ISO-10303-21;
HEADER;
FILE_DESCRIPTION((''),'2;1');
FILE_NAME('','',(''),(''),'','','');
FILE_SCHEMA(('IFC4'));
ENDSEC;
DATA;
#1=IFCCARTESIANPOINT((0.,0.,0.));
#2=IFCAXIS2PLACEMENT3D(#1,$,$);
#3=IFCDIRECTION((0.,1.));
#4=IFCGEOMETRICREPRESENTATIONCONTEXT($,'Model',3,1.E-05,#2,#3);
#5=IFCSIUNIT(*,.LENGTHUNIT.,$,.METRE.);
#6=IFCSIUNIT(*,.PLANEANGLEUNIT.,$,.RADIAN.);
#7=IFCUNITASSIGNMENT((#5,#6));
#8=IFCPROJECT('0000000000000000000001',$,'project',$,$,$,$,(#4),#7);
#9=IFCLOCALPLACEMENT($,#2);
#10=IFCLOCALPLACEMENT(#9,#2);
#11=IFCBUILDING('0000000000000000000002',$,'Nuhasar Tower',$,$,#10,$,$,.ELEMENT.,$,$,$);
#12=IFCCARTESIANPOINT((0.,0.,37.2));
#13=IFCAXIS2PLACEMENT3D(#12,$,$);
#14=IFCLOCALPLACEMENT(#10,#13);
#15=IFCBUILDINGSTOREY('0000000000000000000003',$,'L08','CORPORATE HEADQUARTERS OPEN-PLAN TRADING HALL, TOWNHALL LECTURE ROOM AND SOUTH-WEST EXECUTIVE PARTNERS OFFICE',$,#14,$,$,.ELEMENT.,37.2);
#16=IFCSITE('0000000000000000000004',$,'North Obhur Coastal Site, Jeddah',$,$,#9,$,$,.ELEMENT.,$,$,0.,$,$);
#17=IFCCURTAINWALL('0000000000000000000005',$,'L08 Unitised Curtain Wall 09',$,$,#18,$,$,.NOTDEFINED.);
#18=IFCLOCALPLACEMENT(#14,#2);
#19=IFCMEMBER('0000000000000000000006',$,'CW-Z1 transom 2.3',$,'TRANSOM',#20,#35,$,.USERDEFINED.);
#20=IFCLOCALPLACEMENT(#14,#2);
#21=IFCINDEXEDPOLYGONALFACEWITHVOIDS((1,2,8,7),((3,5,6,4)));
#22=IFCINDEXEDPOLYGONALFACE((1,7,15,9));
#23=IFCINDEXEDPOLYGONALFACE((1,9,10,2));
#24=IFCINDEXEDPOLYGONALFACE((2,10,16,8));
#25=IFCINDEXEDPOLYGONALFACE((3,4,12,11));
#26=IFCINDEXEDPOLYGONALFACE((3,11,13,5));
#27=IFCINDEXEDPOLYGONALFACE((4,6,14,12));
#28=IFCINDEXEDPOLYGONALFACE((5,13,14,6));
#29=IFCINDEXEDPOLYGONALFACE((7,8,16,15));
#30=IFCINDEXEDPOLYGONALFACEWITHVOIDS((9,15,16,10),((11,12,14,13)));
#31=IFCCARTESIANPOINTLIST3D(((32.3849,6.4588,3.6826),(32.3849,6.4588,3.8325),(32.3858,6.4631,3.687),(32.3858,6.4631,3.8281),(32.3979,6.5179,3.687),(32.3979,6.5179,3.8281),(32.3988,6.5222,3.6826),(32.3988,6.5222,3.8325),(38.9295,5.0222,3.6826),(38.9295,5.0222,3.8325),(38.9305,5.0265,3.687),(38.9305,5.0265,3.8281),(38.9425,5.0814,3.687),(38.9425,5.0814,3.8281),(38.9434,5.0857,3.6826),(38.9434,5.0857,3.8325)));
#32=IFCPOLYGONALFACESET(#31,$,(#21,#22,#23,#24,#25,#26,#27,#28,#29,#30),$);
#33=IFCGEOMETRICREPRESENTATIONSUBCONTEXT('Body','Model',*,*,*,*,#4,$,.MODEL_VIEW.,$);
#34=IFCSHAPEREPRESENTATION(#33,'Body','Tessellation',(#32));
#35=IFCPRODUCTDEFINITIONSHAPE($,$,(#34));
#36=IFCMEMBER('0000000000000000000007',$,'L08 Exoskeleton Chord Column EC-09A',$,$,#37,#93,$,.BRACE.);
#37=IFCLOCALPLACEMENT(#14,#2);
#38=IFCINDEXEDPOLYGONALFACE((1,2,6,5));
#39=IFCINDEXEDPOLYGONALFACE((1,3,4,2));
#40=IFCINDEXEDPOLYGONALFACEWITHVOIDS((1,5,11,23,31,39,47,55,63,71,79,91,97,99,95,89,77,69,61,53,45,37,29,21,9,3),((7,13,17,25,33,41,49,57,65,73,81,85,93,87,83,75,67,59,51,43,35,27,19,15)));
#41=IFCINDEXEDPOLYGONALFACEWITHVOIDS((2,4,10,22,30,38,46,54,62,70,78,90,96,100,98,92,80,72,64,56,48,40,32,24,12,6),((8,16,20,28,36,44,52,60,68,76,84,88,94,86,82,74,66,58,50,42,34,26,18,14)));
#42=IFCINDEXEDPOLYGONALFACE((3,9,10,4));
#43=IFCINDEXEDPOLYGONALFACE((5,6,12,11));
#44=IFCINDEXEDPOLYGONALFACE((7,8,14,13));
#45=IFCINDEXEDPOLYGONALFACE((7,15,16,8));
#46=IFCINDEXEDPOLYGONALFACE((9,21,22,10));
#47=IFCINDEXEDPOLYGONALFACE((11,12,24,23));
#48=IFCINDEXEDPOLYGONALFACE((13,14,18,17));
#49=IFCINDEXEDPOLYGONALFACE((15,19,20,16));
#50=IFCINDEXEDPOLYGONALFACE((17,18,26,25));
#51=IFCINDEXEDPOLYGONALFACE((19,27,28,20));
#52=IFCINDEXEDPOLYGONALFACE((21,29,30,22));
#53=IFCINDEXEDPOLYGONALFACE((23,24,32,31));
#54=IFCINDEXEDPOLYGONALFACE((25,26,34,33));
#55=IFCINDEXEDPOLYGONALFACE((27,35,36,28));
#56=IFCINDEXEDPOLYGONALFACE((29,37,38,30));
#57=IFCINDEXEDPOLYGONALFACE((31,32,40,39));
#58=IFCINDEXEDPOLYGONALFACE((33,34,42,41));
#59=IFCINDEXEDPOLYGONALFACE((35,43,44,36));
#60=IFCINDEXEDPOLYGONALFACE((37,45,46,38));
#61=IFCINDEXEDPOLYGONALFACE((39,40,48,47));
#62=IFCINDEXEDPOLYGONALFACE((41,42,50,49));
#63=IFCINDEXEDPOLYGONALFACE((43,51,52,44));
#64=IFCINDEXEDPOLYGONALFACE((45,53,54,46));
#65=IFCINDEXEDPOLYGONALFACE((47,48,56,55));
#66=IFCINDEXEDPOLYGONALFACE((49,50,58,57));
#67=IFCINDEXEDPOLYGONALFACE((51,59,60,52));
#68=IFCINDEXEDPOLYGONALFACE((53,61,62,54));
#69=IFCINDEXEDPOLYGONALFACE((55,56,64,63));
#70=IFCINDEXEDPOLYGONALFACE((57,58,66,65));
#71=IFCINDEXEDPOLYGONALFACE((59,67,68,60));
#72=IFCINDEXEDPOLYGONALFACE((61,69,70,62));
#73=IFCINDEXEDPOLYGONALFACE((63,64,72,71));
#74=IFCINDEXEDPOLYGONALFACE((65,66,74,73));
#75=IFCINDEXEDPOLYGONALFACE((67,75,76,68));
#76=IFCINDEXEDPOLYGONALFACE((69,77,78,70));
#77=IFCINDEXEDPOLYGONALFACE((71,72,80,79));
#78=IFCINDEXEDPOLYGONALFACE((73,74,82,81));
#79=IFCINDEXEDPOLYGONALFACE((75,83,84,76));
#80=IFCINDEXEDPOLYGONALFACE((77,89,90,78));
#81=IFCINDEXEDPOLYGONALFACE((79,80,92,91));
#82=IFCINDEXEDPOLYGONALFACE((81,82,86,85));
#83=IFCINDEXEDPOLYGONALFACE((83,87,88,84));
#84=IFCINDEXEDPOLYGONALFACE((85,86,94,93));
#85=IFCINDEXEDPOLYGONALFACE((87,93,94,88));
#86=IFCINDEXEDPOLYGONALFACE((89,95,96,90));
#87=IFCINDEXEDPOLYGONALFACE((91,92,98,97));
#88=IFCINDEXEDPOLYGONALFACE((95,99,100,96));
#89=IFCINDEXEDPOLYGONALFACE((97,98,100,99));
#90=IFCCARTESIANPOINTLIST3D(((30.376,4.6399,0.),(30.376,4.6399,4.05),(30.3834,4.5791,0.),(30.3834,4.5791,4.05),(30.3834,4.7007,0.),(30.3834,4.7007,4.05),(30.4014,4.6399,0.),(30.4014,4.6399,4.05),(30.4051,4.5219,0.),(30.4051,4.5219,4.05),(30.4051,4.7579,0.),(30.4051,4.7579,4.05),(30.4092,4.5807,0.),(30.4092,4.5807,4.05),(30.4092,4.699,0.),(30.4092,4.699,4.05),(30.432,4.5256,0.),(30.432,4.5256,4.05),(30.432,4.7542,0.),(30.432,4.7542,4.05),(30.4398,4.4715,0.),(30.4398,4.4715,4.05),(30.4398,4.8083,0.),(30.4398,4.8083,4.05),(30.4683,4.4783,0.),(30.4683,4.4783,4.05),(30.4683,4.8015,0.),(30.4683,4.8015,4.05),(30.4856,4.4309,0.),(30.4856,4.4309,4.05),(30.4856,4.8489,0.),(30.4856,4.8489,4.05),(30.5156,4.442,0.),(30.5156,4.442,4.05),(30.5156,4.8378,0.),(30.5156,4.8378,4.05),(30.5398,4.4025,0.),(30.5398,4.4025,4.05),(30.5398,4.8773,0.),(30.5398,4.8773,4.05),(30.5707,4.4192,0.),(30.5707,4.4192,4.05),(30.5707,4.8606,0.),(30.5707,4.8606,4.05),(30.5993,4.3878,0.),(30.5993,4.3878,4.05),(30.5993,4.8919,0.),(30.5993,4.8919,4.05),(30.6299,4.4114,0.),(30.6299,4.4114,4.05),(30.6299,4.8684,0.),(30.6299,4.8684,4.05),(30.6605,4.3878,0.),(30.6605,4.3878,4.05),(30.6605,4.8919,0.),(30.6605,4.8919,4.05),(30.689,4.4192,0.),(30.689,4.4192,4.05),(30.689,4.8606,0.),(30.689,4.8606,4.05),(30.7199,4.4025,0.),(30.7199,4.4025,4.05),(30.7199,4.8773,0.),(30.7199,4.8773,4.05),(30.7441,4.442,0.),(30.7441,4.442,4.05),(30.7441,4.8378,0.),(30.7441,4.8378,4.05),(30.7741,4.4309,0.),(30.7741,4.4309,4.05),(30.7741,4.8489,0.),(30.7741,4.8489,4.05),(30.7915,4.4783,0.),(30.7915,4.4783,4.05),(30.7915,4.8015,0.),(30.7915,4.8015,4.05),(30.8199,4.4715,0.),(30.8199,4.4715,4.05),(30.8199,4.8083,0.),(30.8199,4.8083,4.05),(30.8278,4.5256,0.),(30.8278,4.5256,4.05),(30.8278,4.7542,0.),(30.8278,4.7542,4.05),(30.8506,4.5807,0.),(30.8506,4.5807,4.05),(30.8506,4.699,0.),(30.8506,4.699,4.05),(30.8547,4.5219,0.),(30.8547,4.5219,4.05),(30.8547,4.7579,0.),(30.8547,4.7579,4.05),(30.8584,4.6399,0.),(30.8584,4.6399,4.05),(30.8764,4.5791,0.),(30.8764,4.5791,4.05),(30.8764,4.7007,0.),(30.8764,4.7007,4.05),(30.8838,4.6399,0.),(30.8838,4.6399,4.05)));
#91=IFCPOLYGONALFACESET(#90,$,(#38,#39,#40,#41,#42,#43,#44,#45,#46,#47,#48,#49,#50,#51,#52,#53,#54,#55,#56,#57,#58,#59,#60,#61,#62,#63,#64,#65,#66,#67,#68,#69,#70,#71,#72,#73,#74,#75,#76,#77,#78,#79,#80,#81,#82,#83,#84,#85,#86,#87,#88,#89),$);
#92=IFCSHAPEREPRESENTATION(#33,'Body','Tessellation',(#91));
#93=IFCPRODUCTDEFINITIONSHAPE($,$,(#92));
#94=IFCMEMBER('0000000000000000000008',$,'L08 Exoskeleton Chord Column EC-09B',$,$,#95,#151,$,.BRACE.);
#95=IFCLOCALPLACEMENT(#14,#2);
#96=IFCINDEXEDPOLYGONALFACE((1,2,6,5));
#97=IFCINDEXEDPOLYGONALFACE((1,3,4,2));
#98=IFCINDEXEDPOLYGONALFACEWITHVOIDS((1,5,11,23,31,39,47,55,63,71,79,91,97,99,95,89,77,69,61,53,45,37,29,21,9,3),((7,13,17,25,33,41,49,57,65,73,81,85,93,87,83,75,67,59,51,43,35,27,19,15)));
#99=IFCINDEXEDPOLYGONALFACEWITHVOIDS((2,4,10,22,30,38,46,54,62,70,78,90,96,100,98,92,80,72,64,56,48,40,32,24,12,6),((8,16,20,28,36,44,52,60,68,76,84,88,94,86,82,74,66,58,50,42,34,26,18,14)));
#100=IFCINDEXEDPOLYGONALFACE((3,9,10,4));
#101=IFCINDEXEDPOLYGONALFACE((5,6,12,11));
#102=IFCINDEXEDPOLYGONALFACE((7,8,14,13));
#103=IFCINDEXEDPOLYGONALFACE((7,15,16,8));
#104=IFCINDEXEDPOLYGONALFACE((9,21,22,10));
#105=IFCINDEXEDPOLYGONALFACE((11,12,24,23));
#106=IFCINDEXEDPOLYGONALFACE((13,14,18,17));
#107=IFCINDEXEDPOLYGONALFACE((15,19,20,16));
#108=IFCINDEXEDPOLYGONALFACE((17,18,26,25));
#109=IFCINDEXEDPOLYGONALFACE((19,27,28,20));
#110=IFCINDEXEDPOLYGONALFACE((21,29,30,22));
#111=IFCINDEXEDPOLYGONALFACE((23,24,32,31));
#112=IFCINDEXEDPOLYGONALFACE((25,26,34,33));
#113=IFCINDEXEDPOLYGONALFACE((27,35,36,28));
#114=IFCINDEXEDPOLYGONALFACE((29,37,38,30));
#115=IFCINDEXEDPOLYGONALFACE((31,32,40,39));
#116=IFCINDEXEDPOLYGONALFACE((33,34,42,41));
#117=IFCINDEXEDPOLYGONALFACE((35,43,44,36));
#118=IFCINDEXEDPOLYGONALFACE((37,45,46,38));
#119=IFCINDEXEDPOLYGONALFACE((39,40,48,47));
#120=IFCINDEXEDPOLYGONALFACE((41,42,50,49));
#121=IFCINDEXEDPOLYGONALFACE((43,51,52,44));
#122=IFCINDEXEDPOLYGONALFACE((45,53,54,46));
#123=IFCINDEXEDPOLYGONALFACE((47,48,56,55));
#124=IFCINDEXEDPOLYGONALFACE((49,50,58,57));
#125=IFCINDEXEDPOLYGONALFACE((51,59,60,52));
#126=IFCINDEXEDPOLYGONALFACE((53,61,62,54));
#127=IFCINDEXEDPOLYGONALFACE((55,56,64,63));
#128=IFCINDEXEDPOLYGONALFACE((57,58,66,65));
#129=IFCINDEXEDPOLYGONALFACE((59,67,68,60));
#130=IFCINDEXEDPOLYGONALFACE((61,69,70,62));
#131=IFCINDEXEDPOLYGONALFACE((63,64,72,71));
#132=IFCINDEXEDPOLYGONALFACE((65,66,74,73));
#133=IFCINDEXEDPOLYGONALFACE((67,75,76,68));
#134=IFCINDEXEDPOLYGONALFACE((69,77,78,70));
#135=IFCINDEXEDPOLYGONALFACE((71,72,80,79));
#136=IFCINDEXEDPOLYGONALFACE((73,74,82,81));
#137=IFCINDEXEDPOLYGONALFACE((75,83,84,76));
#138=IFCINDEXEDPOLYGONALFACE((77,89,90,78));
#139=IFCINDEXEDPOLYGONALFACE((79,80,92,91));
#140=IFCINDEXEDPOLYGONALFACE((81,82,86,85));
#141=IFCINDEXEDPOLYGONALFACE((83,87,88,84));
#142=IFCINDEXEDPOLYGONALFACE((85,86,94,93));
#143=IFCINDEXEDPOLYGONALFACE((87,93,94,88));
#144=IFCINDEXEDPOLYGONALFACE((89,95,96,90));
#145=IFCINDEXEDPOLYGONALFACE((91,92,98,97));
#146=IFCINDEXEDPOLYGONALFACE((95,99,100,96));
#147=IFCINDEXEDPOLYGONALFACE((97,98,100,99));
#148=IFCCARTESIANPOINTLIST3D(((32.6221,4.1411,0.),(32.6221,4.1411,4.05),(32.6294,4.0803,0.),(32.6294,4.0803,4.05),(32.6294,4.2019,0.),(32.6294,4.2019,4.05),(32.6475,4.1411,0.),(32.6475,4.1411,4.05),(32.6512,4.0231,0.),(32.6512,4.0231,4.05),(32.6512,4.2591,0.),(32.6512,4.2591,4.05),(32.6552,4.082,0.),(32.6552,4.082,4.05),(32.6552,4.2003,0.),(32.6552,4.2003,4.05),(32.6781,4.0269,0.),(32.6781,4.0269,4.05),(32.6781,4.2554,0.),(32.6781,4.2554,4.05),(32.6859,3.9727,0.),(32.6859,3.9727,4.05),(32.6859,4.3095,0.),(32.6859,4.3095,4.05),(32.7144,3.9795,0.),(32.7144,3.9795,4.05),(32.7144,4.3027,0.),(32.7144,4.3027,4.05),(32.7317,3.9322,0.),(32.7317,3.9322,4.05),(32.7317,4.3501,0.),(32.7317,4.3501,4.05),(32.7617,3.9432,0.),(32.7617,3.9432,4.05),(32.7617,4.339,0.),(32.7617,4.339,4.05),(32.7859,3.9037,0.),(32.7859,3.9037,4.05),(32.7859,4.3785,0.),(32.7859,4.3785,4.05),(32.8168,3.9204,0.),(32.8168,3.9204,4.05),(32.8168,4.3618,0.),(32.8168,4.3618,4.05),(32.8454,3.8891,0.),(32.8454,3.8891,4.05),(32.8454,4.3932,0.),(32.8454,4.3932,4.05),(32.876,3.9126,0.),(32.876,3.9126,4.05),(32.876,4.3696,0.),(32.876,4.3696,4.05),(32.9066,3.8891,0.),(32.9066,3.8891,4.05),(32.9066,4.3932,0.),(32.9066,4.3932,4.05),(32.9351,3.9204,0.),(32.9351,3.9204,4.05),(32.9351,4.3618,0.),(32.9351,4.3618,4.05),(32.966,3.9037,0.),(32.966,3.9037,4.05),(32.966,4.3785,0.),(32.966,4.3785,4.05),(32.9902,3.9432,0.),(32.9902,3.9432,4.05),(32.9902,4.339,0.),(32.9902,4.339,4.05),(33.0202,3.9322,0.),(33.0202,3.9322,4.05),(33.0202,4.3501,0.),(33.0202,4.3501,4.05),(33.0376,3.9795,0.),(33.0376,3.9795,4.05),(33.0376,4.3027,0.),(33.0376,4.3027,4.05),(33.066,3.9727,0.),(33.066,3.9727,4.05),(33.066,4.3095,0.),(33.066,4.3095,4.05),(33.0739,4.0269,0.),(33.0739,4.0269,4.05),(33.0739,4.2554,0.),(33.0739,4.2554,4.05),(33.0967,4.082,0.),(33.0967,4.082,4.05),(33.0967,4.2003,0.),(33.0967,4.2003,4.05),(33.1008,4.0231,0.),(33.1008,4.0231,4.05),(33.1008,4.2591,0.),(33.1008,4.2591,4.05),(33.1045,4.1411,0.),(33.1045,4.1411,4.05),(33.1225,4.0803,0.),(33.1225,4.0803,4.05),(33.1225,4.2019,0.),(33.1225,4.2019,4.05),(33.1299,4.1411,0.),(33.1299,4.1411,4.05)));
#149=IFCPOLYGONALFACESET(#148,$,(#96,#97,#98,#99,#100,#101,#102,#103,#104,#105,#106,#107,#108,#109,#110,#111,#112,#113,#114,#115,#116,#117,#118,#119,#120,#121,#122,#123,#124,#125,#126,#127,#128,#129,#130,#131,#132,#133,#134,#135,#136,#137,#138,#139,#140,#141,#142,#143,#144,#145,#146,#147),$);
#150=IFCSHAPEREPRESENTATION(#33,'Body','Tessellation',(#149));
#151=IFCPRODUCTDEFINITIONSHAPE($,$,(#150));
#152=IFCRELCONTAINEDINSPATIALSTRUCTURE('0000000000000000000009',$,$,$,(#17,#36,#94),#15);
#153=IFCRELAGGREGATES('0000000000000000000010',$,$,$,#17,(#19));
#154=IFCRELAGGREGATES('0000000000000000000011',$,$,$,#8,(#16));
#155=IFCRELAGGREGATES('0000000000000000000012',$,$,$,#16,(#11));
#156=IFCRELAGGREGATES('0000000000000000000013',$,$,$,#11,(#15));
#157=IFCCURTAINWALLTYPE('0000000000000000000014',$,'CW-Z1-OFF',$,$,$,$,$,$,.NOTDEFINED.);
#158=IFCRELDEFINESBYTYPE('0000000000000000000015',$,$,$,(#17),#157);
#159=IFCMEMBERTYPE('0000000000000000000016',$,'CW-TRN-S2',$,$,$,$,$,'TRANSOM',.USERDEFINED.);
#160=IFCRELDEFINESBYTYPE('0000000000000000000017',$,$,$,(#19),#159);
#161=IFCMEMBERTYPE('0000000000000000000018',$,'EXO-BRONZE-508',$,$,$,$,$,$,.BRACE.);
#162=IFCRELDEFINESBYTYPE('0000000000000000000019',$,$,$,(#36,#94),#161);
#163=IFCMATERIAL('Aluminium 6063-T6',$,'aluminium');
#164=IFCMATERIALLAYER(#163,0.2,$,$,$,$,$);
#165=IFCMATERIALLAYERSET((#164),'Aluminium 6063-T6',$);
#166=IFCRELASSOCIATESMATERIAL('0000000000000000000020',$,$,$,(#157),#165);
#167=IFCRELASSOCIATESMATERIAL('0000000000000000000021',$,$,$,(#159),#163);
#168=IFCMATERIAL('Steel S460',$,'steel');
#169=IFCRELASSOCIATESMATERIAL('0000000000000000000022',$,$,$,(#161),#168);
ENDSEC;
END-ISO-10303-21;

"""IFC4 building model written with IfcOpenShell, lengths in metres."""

from ifc_helpers import new_model, si_unit, direction, frame, origin, origin_2d, place, context, subcontext, project, spatial, hollow_rectangle, hollow_circle, extrude, material, layer, layer_set, material_profile, profile_set, type_object, element, aggregate, save


model = new_model("IFC4")

# Units and contexts
model_context = context("Model", 3, precision=1e-05, world=origin(), true_north=direction((0.0, 1.0)))
body_context = subcontext(model_context, "Body", "Model", "MODEL_VIEW")
ifc_project = project(units=[si_unit("LENGTHUNIT", "METRE"), si_unit("PLANEANGLEUNIT", "RADIAN")], contexts=[model_context])

# Site, building, storey
site_placement = place(None, origin())
site = spatial("IfcSite", under=ifc_project, at=site_placement, Name="North Obhur Coastal Site, Jeddah", CompositionType="ELEMENT", RefElevation=0.0)
building_placement = place(site_placement, origin())
building = spatial("IfcBuilding", under=site, at=building_placement, Name="Nuhasar Tower", CompositionType="ELEMENT")
storey_placement = place(building_placement, frame((0.0, 0.0, 37.2)))
storey = spatial("IfcBuildingStorey", under=building, at=storey_placement, Name="L08", Description="CORPORATE HEADQUARTERS OPEN-PLAN TRADING HALL, TOWNHALL LECTURE ROOM AND SOUTH-WEST EXECUTIVE PARTNERS OFFICE", CompositionType="ELEMENT", Elevation=37.2)

# Curtain wall, member
ifc_material_1 = material(Name="Aluminium 6063-T6", Category="aluminium")
ifc_layer_1 = layer(ifc_material_1, 0.2)
ifc_layer_set_1 = layer_set([ifc_layer_1], Name="Aluminium 6063-T6")
curtain_wall_type = type_object("IfcCurtainWallType", Name="CW-Z1-OFF", PredefinedType="NOTDEFINED", material=ifc_layer_set_1)
curtain_wall_placement = place(storey_placement, origin())
curtain_wall = element("IfcCurtainWall", 1, at=curtain_wall_placement, inside=storey, type_object=curtain_wall_type, Name="L08 Unitised Curtain Wall 09", PredefinedType="NOTDEFINED")
ifc_material_profile_1 = material_profile(ifc_material_1, hollow_rectangle(XDim=0.0649, YDim=0.1499, WallThickness=0.0044, at=origin_2d()), Name="CWT-2")
ifc_profile_set_1 = profile_set([ifc_material_profile_1], Name="Aluminium 6063-T6")
member_type_1 = type_object("IfcMemberType", Name="CW-TRN-S2", ElementType="TRANSOM", PredefinedType="USERDEFINED", material=ifc_profile_set_1)
member_1_placement = place(storey_placement, frame((32.3918, 6.4905, 3.7576), z_axis=(0.976748, -0.214391, 0.0), x_axis=(0.214391, 0.976748, 0.0)))
member_1 = element("IfcMember", 2, at=member_1_placement, type_object=member_type_1, Name="CW-Z1 transom 2.3", ObjectType="TRANSOM", PredefinedType="USERDEFINED", context=body_context, shape_type="SweptSolid", body=[
    extrude(hollow_rectangle(XDim=0.0649, YDim=0.1499, WallThickness=0.0044, at=origin_2d()), origin(), (0.0, 0.0, 1.0), 6.7004),
])

# Members
ifc_material_2 = material(Name="Steel S460", Category="steel")
ifc_material_profile_2 = material_profile(ifc_material_2, hollow_circle(Radius=0.2539, WallThickness=0.0254, at=origin_2d()), Name="HSS508X25.4")
ifc_profile_set_2 = profile_set([ifc_material_profile_2], Name="Steel S460")
member_type_2 = type_object("IfcMemberType", Name="EXO-BRONZE-508", PredefinedType="BRACE", material=ifc_profile_set_2)
for number, where, z_axis, x_axis, name in (
    (3, (30.6299, 4.6399, 0.0), (0.0, 0.0, 1.0), (1.0, 0.0, 0.0), "L08 Exoskeleton Chord Column EC-09A"),
    (4, (32.876, 4.1411, 0.0), (0.0, 0.0, 1.0), (1.0, 0.0, 0.0), "L08 Exoskeleton Chord Column EC-09B"),
):
    element("IfcMember", number, at=place(storey_placement, frame(where, z_axis=z_axis, x_axis=x_axis)), inside=storey, type_object=member_type_2, Name=name, PredefinedType="BRACE", context=body_context, shape_type="SweptSolid", body=[
        extrude(hollow_circle(Radius=0.2539, WallThickness=0.0254, at=origin_2d()), origin(), (0.0, 0.0, 1.0), 4.05),
    ])

aggregate(curtain_wall, [member_1])

save(model, "model.ifc")
